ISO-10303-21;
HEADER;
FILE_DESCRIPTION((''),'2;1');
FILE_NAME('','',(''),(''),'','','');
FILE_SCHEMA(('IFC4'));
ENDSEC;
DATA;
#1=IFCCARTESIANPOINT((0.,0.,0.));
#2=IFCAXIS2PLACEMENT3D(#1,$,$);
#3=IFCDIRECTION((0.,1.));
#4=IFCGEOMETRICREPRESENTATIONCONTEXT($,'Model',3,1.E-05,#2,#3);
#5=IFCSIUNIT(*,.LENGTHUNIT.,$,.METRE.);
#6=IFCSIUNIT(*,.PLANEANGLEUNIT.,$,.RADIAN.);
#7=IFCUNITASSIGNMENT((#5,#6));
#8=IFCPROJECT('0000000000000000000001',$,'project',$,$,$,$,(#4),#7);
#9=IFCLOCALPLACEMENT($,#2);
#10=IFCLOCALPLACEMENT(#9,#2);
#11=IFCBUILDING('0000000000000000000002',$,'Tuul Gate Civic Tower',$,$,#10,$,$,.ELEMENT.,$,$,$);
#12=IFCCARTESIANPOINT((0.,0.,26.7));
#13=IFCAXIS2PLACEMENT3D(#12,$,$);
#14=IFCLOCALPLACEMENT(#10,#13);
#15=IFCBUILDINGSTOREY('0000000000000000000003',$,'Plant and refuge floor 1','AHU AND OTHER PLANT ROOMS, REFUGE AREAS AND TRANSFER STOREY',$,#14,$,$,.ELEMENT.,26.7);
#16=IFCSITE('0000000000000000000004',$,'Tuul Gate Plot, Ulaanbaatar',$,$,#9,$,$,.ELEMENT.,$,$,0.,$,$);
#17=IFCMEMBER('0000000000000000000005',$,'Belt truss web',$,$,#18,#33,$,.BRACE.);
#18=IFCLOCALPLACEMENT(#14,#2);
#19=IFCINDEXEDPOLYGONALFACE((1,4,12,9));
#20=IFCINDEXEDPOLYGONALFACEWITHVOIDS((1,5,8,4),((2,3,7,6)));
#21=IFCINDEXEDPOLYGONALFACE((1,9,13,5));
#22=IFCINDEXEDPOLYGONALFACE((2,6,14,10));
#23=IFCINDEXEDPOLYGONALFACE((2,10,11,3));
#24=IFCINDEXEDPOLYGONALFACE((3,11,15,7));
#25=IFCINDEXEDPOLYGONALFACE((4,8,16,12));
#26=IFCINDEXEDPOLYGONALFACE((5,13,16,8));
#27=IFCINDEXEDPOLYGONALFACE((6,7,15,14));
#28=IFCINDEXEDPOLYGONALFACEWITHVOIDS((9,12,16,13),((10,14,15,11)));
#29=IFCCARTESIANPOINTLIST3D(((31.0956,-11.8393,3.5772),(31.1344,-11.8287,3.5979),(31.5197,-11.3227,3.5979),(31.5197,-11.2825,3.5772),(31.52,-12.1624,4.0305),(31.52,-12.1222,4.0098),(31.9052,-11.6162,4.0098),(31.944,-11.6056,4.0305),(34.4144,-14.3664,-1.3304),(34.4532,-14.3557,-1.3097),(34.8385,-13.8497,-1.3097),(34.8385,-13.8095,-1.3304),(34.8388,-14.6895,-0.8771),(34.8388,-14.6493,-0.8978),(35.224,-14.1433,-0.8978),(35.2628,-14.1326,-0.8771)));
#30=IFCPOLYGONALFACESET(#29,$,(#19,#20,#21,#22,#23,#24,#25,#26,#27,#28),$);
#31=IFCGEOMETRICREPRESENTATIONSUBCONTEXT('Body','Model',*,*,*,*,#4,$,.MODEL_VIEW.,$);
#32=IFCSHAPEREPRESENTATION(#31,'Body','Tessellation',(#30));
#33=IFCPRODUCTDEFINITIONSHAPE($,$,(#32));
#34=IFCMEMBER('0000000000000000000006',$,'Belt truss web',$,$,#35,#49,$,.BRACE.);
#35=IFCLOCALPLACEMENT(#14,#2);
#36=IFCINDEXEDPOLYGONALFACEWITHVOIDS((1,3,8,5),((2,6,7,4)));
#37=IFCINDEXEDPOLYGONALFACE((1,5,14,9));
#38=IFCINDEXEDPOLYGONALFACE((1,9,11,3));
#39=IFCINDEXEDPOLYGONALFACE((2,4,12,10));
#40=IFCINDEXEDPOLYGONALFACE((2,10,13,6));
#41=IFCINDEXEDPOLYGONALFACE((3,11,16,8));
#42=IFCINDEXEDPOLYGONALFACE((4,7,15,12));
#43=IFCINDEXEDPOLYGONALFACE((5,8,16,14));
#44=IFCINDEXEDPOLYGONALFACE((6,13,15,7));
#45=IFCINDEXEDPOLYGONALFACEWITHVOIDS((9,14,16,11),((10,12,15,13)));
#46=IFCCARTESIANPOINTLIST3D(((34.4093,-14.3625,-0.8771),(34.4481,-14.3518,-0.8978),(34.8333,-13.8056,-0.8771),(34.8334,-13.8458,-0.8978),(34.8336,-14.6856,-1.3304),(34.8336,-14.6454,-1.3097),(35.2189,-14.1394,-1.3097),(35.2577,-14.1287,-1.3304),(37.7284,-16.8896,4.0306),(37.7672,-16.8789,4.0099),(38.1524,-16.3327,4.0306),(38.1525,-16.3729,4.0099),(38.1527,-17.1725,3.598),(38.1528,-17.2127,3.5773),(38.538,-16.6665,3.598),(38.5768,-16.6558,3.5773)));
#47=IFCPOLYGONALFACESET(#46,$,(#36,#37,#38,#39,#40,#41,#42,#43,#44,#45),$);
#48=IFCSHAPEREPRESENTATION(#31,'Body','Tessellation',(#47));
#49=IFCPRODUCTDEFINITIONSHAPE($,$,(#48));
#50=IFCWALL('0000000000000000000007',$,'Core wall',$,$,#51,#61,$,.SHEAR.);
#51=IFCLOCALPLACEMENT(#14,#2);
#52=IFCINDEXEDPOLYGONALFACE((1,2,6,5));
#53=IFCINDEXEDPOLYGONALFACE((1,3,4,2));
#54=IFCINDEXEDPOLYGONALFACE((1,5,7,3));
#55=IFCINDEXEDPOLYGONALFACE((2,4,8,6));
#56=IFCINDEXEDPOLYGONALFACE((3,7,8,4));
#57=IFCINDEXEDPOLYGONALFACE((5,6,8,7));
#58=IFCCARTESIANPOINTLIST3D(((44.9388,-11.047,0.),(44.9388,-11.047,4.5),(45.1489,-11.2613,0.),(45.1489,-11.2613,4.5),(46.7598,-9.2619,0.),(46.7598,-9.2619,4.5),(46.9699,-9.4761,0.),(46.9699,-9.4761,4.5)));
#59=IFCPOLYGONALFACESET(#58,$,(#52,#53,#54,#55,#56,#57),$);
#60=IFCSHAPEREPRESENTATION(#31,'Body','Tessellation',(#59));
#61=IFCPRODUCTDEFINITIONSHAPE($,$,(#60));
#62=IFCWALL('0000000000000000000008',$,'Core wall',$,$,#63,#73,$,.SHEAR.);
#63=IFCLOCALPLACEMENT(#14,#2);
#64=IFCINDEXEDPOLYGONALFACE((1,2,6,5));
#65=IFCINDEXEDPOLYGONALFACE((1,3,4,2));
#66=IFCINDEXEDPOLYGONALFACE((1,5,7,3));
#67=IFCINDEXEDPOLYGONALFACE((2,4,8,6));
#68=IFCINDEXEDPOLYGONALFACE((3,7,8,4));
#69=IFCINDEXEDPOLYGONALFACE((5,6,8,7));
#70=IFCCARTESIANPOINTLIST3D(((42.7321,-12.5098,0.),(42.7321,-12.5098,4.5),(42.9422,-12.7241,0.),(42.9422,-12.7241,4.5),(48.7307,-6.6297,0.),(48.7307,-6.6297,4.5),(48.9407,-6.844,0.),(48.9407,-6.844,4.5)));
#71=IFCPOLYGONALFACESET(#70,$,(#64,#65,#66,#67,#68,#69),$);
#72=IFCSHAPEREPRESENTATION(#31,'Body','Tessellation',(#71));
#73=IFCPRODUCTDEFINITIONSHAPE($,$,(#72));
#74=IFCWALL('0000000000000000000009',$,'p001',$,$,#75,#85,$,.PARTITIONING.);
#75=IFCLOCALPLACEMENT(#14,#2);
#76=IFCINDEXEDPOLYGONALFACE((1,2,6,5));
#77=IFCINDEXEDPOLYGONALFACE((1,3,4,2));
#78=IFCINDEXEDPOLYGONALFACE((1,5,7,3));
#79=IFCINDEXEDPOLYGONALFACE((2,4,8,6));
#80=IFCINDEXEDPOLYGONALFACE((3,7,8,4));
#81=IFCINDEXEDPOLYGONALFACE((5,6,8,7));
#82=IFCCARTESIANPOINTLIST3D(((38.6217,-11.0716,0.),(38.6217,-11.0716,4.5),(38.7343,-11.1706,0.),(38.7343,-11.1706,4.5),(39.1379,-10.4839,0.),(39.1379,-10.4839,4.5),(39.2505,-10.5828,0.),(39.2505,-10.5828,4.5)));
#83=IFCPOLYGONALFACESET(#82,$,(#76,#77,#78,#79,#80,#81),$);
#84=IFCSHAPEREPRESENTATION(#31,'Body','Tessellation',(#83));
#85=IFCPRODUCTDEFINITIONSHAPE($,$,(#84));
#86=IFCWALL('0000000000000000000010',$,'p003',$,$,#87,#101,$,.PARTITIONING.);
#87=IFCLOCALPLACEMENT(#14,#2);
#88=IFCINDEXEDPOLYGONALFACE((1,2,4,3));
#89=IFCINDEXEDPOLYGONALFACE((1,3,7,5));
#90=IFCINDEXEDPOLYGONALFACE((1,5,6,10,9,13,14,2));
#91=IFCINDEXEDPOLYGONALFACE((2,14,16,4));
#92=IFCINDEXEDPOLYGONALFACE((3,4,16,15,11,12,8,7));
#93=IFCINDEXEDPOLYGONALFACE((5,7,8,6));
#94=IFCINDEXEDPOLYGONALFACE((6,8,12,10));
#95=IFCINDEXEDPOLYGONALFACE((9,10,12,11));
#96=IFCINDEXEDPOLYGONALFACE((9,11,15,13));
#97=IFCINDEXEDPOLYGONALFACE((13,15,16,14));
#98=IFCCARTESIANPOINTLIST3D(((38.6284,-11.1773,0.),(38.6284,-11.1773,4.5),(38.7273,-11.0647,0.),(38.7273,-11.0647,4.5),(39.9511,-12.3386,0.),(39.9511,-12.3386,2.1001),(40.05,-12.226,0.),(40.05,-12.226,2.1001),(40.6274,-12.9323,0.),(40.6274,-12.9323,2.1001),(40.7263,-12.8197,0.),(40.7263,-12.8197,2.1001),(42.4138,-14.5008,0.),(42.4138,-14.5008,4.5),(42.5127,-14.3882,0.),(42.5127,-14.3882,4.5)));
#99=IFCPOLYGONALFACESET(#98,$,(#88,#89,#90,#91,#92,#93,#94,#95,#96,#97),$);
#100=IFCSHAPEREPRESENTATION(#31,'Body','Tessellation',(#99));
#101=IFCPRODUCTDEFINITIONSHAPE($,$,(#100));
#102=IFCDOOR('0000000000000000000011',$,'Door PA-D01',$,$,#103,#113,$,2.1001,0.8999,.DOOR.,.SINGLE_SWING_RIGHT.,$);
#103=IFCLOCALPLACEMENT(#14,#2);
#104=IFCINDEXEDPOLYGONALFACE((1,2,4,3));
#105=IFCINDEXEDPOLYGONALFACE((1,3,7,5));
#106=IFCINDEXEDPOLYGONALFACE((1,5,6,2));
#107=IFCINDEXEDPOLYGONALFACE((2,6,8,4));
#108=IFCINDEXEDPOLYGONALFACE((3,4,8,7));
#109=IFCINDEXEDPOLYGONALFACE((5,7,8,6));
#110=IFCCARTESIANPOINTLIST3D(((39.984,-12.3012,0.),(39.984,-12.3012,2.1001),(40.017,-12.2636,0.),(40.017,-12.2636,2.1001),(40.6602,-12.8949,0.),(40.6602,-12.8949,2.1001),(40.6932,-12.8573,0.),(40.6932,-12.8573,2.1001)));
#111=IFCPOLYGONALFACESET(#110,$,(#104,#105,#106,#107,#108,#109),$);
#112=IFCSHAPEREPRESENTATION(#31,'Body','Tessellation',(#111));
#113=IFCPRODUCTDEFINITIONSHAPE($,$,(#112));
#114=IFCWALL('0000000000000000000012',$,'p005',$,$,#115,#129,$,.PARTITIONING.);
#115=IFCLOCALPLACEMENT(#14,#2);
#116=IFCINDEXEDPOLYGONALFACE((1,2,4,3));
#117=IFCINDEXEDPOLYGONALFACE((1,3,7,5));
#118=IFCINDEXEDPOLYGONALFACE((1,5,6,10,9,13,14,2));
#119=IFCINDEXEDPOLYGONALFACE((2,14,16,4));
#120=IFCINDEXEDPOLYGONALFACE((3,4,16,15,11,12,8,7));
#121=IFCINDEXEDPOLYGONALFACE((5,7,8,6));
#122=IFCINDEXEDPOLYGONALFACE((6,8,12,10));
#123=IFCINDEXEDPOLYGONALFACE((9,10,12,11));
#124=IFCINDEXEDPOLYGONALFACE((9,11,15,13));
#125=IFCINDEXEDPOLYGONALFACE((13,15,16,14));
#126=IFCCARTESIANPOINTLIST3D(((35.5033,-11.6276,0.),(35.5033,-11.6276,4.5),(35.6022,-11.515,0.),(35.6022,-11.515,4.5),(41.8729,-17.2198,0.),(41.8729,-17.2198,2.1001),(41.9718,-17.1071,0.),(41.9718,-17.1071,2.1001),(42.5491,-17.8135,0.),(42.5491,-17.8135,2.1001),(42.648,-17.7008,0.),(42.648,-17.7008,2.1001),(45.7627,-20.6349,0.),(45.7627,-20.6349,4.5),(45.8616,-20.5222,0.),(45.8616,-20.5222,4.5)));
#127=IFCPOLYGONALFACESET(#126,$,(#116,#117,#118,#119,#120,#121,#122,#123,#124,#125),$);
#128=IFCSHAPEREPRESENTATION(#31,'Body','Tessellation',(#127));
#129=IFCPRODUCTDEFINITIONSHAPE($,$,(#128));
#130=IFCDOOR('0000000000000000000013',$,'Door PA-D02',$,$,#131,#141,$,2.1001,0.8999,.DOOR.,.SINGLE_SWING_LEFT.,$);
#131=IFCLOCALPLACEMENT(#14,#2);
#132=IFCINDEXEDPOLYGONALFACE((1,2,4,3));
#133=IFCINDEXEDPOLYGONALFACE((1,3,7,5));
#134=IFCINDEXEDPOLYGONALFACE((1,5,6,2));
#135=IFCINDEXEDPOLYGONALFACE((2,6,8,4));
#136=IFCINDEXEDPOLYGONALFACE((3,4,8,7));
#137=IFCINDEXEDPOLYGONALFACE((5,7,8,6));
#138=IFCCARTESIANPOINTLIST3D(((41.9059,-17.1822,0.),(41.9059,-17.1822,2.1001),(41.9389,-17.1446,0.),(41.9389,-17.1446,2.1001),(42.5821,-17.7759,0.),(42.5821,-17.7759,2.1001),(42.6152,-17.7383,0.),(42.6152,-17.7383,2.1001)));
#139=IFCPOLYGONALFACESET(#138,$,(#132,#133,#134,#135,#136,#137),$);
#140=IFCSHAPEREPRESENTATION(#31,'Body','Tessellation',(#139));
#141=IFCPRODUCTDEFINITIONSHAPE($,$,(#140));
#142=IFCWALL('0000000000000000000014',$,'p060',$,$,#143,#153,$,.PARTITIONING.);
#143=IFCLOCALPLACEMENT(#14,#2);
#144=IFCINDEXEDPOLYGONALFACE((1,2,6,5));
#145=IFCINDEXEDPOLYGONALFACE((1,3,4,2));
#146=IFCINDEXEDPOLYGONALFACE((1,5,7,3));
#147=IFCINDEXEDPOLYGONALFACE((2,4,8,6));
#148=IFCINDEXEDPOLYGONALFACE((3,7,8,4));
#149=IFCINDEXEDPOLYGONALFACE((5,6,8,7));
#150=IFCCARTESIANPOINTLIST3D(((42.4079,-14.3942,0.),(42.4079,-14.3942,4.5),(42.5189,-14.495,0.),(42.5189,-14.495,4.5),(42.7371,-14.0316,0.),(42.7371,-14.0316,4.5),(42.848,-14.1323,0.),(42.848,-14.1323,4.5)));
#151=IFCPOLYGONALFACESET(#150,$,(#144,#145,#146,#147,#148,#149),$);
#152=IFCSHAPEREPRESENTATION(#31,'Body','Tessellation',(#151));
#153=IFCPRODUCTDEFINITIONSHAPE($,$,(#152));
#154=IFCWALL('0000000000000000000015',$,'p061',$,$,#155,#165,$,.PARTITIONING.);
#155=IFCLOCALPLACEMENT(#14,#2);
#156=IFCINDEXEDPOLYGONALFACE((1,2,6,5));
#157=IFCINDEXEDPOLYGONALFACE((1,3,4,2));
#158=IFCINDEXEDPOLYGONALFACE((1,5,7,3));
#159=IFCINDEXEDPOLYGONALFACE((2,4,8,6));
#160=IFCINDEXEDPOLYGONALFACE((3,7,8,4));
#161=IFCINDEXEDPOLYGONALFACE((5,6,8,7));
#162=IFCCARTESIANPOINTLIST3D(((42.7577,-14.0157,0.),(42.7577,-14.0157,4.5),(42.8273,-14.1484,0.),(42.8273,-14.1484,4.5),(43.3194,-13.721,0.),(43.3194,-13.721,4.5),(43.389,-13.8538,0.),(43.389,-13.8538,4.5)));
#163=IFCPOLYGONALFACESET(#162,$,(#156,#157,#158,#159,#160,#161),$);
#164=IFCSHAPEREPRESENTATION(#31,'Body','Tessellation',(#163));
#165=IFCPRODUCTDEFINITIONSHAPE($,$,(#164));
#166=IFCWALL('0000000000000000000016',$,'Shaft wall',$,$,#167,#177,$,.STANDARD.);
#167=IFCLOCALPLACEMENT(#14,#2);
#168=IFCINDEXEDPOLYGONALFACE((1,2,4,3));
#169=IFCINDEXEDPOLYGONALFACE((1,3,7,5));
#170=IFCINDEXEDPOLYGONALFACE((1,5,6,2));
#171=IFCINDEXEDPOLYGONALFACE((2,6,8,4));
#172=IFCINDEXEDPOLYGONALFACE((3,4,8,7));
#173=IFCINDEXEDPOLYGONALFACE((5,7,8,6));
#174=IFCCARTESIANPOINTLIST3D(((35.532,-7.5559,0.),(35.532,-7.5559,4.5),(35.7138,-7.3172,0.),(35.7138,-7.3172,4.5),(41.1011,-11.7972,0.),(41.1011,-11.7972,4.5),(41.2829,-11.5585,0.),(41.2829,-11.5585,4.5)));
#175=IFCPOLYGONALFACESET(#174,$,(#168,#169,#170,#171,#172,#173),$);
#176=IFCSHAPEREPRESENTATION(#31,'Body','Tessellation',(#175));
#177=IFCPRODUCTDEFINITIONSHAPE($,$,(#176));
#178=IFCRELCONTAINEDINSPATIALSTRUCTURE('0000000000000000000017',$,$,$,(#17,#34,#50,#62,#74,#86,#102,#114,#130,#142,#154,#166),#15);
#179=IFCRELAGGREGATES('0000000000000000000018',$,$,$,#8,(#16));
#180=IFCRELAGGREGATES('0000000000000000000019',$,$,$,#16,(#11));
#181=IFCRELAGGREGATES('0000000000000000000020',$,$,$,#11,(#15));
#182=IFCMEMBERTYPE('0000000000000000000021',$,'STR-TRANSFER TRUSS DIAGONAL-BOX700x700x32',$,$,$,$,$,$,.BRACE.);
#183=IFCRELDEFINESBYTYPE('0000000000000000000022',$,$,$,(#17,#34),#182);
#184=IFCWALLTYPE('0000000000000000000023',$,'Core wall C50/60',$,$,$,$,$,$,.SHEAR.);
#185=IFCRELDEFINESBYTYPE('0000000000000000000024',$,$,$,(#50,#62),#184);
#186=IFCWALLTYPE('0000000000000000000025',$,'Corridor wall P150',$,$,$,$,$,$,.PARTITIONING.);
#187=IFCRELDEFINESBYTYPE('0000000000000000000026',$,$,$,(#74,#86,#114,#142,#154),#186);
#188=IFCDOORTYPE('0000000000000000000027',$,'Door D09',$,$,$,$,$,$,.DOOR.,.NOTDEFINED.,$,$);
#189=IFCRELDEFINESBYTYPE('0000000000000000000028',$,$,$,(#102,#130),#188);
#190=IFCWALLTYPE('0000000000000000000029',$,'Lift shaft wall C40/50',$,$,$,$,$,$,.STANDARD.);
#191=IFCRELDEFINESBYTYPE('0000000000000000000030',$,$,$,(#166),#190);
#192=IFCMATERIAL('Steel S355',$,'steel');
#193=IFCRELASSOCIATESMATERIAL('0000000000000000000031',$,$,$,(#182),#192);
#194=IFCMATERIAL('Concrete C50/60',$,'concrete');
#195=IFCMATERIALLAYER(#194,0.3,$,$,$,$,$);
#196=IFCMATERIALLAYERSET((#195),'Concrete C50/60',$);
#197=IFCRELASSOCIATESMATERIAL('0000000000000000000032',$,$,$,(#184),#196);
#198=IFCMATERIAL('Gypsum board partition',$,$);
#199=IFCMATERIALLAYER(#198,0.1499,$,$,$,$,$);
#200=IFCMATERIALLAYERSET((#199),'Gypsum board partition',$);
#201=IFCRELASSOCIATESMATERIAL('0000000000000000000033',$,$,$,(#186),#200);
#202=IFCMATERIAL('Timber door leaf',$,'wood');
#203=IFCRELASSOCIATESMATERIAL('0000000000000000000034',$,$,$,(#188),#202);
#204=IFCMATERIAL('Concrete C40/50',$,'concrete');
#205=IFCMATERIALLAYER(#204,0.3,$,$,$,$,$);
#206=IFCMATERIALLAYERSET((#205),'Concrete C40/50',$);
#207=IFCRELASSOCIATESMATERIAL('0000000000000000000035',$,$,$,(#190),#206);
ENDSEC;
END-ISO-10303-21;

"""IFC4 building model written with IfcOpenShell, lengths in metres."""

from ifc_helpers import new_model, si_unit, direction, frame, frame_2d, origin, origin_2d, place, context, subcontext, project, spatial, rectangle, hollow_rectangle, extrude, material, layer, layer_set, material_profile, profile_set, type_object, element, fill, save


model = new_model("IFC4")

# Units and contexts
model_context = context("Model", 3, precision=1e-05, world=origin(), true_north=direction((0.0, 1.0)))
body_context = subcontext(model_context, "Body", "Model", "MODEL_VIEW")
ifc_project = project(units=[si_unit("LENGTHUNIT", "METRE"), si_unit("PLANEANGLEUNIT", "RADIAN")], contexts=[model_context])

# Site, building, storey
site_placement = place(None, origin())
site = spatial("IfcSite", under=ifc_project, at=site_placement, Name="Tuul Gate Plot, Ulaanbaatar", CompositionType="ELEMENT", RefElevation=0.0)
building_placement = place(site_placement, origin())
building = spatial("IfcBuilding", under=site, at=building_placement, Name="Tuul Gate Civic Tower", CompositionType="ELEMENT")
storey_placement = place(building_placement, frame((0.0, 0.0, 26.7)))
storey = spatial("IfcBuildingStorey", under=building, at=storey_placement, Name="Plant and refuge floor 1", Description="AHU AND OTHER PLANT ROOMS, REFUGE AREAS AND TRANSFER STOREY", CompositionType="ELEMENT", Elevation=26.7)

# Members
ifc_material_1 = material(Name="Steel S355", Category="steel")
ifc_material_profile = material_profile(ifc_material_1, hollow_rectangle(XDim=0.7, YDim=0.7, WallThickness=0.032, at=origin_2d()), Name="BOX700x700x32")
ifc_profile_set = profile_set([ifc_material_profile], Name="Steel S355")
member_type = type_object("IfcMemberType", Name="STR-TRANSFER TRUSS DIAGONAL-BOX700x700x32", PredefinedType="BRACE", material=ifc_profile_set)
member_1_placement = place(storey_placement, frame((34.8386, -14.2495, -1.1038), z_axis=(-0.515268, 0.392345, 0.761948), x_axis=(-0.605809, -0.79561, 0.0)))
element("IfcMember", 1, at=member_1_placement, inside=storey, type_object=member_type, Name="Belt truss web", PredefinedType="BRACE", context=body_context, shape_type="SweptSolid", body=[
    extrude(hollow_rectangle(XDim=0.7, YDim=0.7, WallThickness=0.032, at=origin_2d()), origin(), (0.0, 0.0, 1.0), 6.4409),
])
member_2_placement = place(storey_placement, frame((34.8335, -14.2456, -1.1038), z_axis=(0.515296, -0.392337, 0.761933), x_axis=(0.60578, 0.795632, 0.0)))
element("IfcMember", 2, at=member_2_placement, inside=storey, type_object=member_type, Name="Belt truss web", PredefinedType="BRACE", context=body_context, shape_type="SweptSolid", body=[
    extrude(hollow_rectangle(XDim=0.7, YDim=0.7, WallThickness=0.032, at=origin_2d()), origin(), (0.0, 0.0, 1.0), 6.4412),
])

# Walls
ifc_material_2 = material(Name="Concrete C50/60", Category="concrete")
ifc_layer_1 = layer(ifc_material_2, 0.3)
ifc_layer_set_1 = layer_set([ifc_layer_1], Name="Concrete C50/60")
wall_type_1 = type_object("IfcWallType", Name="Core wall C50/60", PredefinedType="SHEAR", material=ifc_layer_set_1)
wall_1_placement = place(storey_placement, frame((45.0439, -11.1541, 0.0), z_axis=(0.0, 0.0, 1.0), x_axis=(0.714108, 0.700035, 0.0)))
element("IfcWall", 3, at=wall_1_placement, inside=storey, type_object=wall_type_1, Name="Core wall", PredefinedType="SHEAR", context=body_context, shape_type="SweptSolid", body=[
    extrude(rectangle(XDim=2.55, YDim=0.3, at=frame_2d((1.2749, 0.0))), origin(), (0.0, 0.0, 1.0), 4.5),
])
wall_2_placement = place(storey_placement, frame((42.8372, -12.6169, 0.0), z_axis=(0.0, 0.0, 1.0), x_axis=(0.71412, 0.700023, 0.0)))
element("IfcWall", 4, at=wall_2_placement, inside=storey, type_object=wall_type_1, Name="Core wall", PredefinedType="SHEAR", context=body_context, shape_type="SweptSolid", body=[
    extrude(rectangle(XDim=8.3999, YDim=0.3, at=frame_2d((4.2, 0.0))), origin(), (0.0, 0.0, 1.0), 4.5),
])
ifc_material_3 = material(Name="Gypsum board partition")
ifc_layer_2 = layer(ifc_material_3, 0.1499)
ifc_layer_set_2 = layer_set([ifc_layer_2], Name="Gypsum board partition")
wall_type_2 = type_object("IfcWallType", Name="Corridor wall P150", PredefinedType="PARTITIONING", material=ifc_layer_set_2)
wall_3_placement = place(storey_placement, frame((38.678, -11.1211, 0.0), z_axis=(0.0, 0.0, 1.0), x_axis=(0.659896, 0.751357, 0.0)))
element("IfcWall", 5, at=wall_3_placement, inside=storey, type_object=wall_type_2, Name="p001", PredefinedType="PARTITIONING", context=body_context, shape_type="SweptSolid", body=[
    extrude(rectangle(XDim=0.7822, YDim=0.1499, at=frame_2d((0.3911, 0.0))), origin(), (0.0, 0.0, 1.0), 4.5),
])

# Walls, openings, doors
wall_4_placement = place(storey_placement, frame((38.678, -11.1211, 0.0), z_axis=(0.0, 0.0, 1.0), x_axis=(0.751468, -0.65977, 0.0)))
wall_4 = element("IfcWall", 6, at=wall_4_placement, inside=storey, type_object=wall_type_2, Name="p003", PredefinedType="PARTITIONING", context=body_context, shape_type="SweptSolid", body=[
    extrude(rectangle(XDim=5.0374, YDim=0.1499, at=frame_2d((2.5186, 0.0))), origin(), (0.0, 0.0, 1.0), 4.5),
])
opening_1_placement = place(wall_4_placement, frame((1.76, 0.0, 0.0)))
opening_1 = element("IfcOpeningElement", 7, at=opening_1_placement, cuts=wall_4, PredefinedType="OPENING", context=body_context, shape_type="SweptSolid", body=[
    extrude(rectangle(XDim=0.8999, YDim=2.1001, at=frame_2d((0.45, 1.05))), frame((0.0, 0.085, 0.0), z_axis=(0.0, -1.0, 0.0), x_axis=(1.0, 0.0, 0.0)), (0.0, 0.0, 1.0), 0.1699),
])
ifc_material_4 = material(Name="Timber door leaf", Category="wood")
door_type_1 = type_object("IfcDoorType", Name="Door D09", OperationType="NOTDEFINED", PredefinedType="DOOR", material=ifc_material_4)
door_1_placement = place(opening_1_placement, origin())
door_1 = element("IfcDoor", 8, at=door_1_placement, inside=storey, type_object=door_type_1, Name="Door PA-D01", OperationType="SINGLE_SWING_RIGHT", OverallHeight=2.1001, OverallWidth=0.8999, PredefinedType="DOOR", context=body_context, shape_type="SweptSolid", body=[
    extrude(rectangle(XDim=0.8999, YDim=2.1001, at=frame_2d((0.45, 1.05))), frame((0.0, 0.0249, 0.0), z_axis=(0.0, -1.0, 0.0), x_axis=(1.0, 0.0, 0.0)), (0.0, 0.0, 1.0), 0.05),
])
fill(opening_1, door_1)
wall_5_placement = place(storey_placement, frame((35.5527, -11.5713, 0.0), z_axis=(0.0, 0.0, 1.0), x_axis=(0.751478, -0.659758, 0.0)))
wall_5 = element("IfcWall", 9, at=wall_5_placement, inside=storey, type_object=wall_type_2, Name="p005", PredefinedType="PARTITIONING", context=body_context, shape_type="SweptSolid", body=[
    extrude(rectangle(XDim=13.6523, YDim=0.1499, at=frame_2d((6.8262, 0.0))), origin(), (0.0, 0.0, 1.0), 4.5),
])
opening_2_placement = place(wall_5_placement, frame((8.4761, 0.0, 0.0)))
opening_2 = element("IfcOpeningElement", 10, at=opening_2_placement, cuts=wall_5, PredefinedType="OPENING", context=body_context, shape_type="SweptSolid", body=[
    extrude(rectangle(XDim=0.8999, YDim=2.1001, at=frame_2d((0.45, 1.05))), frame((0.0, 0.085, 0.0), z_axis=(0.0, -1.0, 0.0), x_axis=(1.0, 0.0, 0.0)), (0.0, 0.0, 1.0), 0.1699),
])
door_2_placement = place(opening_2_placement, frame((0.8999, 0.0, 0.0), z_axis=(0.0, 0.0, 1.0), x_axis=(-1.0, 0.0, 0.0)))
door_2 = element("IfcDoor", 11, at=door_2_placement, inside=storey, type_object=door_type_1, Name="Door PA-D02", OperationType="SINGLE_SWING_LEFT", OverallHeight=2.1001, OverallWidth=0.8999, PredefinedType="DOOR", context=body_context, shape_type="SweptSolid", body=[
    extrude(rectangle(XDim=0.8999, YDim=2.1001, at=frame_2d((0.45, 1.05))), frame((0.0, 0.0249, 0.0), z_axis=(0.0, -1.0, 0.0), x_axis=(1.0, 0.0, 0.0)), (0.0, 0.0, 1.0), 0.05),
])
fill(opening_2, door_2)

# Walls
wall_6_placement = place(storey_placement, frame((42.4634, -14.4446, 0.0), z_axis=(0.0, 0.0, 1.0), x_axis=(0.672127, 0.740436, 0.0)))
element("IfcWall", 12, at=wall_6_placement, inside=storey, type_object=wall_type_2, Name="p060", PredefinedType="PARTITIONING", context=body_context, shape_type="SweptSolid", body=[
    extrude(rectangle(XDim=0.4897, YDim=0.1499, at=frame_2d((0.2449, 0.0))), origin(), (0.0, 0.0, 1.0), 4.5),
])
wall_7_placement = place(storey_placement, frame((42.7925, -14.082, 0.0), z_axis=(0.0, 0.0, 1.0), x_axis=(0.88556, 0.464525, 0.0)))
element("IfcWall", 13, at=wall_7_placement, inside=storey, type_object=wall_type_2, Name="p061", PredefinedType="PARTITIONING", context=body_context, shape_type="SweptSolid", body=[
    extrude(rectangle(XDim=0.6343, YDim=0.1499, at=frame_2d((0.3171, 0.0))), origin(), (0.0, 0.0, 1.0), 4.5),
])
ifc_material_5 = material(Name="Concrete C40/50", Category="concrete")
ifc_layer_3 = layer(ifc_material_5, 0.3)
ifc_layer_set_3 = layer_set([ifc_layer_3], Name="Concrete C40/50")
wall_type_3 = type_object("IfcWallType", Name="Lift shaft wall C40/50", PredefinedType="STANDARD", material=ifc_layer_set_3)
wall_8_placement = place(storey_placement, frame((41.1919, -11.6777, 0.0), z_axis=(0.0, 0.0, 1.0), x_axis=(-0.795563, 0.605871, 0.0)))
element("IfcWall", 14, at=wall_8_placement, inside=storey, type_object=wall_type_3, Name="Shaft wall", PredefinedType="STANDARD", context=body_context, shape_type="SweptSolid", body=[
    extrude(rectangle(XDim=7.0002, YDim=0.3, at=frame_2d((3.5, 0.0))), origin(), (0.0, 0.0, 1.0), 4.5),
])

save(model, "model.ifc")
